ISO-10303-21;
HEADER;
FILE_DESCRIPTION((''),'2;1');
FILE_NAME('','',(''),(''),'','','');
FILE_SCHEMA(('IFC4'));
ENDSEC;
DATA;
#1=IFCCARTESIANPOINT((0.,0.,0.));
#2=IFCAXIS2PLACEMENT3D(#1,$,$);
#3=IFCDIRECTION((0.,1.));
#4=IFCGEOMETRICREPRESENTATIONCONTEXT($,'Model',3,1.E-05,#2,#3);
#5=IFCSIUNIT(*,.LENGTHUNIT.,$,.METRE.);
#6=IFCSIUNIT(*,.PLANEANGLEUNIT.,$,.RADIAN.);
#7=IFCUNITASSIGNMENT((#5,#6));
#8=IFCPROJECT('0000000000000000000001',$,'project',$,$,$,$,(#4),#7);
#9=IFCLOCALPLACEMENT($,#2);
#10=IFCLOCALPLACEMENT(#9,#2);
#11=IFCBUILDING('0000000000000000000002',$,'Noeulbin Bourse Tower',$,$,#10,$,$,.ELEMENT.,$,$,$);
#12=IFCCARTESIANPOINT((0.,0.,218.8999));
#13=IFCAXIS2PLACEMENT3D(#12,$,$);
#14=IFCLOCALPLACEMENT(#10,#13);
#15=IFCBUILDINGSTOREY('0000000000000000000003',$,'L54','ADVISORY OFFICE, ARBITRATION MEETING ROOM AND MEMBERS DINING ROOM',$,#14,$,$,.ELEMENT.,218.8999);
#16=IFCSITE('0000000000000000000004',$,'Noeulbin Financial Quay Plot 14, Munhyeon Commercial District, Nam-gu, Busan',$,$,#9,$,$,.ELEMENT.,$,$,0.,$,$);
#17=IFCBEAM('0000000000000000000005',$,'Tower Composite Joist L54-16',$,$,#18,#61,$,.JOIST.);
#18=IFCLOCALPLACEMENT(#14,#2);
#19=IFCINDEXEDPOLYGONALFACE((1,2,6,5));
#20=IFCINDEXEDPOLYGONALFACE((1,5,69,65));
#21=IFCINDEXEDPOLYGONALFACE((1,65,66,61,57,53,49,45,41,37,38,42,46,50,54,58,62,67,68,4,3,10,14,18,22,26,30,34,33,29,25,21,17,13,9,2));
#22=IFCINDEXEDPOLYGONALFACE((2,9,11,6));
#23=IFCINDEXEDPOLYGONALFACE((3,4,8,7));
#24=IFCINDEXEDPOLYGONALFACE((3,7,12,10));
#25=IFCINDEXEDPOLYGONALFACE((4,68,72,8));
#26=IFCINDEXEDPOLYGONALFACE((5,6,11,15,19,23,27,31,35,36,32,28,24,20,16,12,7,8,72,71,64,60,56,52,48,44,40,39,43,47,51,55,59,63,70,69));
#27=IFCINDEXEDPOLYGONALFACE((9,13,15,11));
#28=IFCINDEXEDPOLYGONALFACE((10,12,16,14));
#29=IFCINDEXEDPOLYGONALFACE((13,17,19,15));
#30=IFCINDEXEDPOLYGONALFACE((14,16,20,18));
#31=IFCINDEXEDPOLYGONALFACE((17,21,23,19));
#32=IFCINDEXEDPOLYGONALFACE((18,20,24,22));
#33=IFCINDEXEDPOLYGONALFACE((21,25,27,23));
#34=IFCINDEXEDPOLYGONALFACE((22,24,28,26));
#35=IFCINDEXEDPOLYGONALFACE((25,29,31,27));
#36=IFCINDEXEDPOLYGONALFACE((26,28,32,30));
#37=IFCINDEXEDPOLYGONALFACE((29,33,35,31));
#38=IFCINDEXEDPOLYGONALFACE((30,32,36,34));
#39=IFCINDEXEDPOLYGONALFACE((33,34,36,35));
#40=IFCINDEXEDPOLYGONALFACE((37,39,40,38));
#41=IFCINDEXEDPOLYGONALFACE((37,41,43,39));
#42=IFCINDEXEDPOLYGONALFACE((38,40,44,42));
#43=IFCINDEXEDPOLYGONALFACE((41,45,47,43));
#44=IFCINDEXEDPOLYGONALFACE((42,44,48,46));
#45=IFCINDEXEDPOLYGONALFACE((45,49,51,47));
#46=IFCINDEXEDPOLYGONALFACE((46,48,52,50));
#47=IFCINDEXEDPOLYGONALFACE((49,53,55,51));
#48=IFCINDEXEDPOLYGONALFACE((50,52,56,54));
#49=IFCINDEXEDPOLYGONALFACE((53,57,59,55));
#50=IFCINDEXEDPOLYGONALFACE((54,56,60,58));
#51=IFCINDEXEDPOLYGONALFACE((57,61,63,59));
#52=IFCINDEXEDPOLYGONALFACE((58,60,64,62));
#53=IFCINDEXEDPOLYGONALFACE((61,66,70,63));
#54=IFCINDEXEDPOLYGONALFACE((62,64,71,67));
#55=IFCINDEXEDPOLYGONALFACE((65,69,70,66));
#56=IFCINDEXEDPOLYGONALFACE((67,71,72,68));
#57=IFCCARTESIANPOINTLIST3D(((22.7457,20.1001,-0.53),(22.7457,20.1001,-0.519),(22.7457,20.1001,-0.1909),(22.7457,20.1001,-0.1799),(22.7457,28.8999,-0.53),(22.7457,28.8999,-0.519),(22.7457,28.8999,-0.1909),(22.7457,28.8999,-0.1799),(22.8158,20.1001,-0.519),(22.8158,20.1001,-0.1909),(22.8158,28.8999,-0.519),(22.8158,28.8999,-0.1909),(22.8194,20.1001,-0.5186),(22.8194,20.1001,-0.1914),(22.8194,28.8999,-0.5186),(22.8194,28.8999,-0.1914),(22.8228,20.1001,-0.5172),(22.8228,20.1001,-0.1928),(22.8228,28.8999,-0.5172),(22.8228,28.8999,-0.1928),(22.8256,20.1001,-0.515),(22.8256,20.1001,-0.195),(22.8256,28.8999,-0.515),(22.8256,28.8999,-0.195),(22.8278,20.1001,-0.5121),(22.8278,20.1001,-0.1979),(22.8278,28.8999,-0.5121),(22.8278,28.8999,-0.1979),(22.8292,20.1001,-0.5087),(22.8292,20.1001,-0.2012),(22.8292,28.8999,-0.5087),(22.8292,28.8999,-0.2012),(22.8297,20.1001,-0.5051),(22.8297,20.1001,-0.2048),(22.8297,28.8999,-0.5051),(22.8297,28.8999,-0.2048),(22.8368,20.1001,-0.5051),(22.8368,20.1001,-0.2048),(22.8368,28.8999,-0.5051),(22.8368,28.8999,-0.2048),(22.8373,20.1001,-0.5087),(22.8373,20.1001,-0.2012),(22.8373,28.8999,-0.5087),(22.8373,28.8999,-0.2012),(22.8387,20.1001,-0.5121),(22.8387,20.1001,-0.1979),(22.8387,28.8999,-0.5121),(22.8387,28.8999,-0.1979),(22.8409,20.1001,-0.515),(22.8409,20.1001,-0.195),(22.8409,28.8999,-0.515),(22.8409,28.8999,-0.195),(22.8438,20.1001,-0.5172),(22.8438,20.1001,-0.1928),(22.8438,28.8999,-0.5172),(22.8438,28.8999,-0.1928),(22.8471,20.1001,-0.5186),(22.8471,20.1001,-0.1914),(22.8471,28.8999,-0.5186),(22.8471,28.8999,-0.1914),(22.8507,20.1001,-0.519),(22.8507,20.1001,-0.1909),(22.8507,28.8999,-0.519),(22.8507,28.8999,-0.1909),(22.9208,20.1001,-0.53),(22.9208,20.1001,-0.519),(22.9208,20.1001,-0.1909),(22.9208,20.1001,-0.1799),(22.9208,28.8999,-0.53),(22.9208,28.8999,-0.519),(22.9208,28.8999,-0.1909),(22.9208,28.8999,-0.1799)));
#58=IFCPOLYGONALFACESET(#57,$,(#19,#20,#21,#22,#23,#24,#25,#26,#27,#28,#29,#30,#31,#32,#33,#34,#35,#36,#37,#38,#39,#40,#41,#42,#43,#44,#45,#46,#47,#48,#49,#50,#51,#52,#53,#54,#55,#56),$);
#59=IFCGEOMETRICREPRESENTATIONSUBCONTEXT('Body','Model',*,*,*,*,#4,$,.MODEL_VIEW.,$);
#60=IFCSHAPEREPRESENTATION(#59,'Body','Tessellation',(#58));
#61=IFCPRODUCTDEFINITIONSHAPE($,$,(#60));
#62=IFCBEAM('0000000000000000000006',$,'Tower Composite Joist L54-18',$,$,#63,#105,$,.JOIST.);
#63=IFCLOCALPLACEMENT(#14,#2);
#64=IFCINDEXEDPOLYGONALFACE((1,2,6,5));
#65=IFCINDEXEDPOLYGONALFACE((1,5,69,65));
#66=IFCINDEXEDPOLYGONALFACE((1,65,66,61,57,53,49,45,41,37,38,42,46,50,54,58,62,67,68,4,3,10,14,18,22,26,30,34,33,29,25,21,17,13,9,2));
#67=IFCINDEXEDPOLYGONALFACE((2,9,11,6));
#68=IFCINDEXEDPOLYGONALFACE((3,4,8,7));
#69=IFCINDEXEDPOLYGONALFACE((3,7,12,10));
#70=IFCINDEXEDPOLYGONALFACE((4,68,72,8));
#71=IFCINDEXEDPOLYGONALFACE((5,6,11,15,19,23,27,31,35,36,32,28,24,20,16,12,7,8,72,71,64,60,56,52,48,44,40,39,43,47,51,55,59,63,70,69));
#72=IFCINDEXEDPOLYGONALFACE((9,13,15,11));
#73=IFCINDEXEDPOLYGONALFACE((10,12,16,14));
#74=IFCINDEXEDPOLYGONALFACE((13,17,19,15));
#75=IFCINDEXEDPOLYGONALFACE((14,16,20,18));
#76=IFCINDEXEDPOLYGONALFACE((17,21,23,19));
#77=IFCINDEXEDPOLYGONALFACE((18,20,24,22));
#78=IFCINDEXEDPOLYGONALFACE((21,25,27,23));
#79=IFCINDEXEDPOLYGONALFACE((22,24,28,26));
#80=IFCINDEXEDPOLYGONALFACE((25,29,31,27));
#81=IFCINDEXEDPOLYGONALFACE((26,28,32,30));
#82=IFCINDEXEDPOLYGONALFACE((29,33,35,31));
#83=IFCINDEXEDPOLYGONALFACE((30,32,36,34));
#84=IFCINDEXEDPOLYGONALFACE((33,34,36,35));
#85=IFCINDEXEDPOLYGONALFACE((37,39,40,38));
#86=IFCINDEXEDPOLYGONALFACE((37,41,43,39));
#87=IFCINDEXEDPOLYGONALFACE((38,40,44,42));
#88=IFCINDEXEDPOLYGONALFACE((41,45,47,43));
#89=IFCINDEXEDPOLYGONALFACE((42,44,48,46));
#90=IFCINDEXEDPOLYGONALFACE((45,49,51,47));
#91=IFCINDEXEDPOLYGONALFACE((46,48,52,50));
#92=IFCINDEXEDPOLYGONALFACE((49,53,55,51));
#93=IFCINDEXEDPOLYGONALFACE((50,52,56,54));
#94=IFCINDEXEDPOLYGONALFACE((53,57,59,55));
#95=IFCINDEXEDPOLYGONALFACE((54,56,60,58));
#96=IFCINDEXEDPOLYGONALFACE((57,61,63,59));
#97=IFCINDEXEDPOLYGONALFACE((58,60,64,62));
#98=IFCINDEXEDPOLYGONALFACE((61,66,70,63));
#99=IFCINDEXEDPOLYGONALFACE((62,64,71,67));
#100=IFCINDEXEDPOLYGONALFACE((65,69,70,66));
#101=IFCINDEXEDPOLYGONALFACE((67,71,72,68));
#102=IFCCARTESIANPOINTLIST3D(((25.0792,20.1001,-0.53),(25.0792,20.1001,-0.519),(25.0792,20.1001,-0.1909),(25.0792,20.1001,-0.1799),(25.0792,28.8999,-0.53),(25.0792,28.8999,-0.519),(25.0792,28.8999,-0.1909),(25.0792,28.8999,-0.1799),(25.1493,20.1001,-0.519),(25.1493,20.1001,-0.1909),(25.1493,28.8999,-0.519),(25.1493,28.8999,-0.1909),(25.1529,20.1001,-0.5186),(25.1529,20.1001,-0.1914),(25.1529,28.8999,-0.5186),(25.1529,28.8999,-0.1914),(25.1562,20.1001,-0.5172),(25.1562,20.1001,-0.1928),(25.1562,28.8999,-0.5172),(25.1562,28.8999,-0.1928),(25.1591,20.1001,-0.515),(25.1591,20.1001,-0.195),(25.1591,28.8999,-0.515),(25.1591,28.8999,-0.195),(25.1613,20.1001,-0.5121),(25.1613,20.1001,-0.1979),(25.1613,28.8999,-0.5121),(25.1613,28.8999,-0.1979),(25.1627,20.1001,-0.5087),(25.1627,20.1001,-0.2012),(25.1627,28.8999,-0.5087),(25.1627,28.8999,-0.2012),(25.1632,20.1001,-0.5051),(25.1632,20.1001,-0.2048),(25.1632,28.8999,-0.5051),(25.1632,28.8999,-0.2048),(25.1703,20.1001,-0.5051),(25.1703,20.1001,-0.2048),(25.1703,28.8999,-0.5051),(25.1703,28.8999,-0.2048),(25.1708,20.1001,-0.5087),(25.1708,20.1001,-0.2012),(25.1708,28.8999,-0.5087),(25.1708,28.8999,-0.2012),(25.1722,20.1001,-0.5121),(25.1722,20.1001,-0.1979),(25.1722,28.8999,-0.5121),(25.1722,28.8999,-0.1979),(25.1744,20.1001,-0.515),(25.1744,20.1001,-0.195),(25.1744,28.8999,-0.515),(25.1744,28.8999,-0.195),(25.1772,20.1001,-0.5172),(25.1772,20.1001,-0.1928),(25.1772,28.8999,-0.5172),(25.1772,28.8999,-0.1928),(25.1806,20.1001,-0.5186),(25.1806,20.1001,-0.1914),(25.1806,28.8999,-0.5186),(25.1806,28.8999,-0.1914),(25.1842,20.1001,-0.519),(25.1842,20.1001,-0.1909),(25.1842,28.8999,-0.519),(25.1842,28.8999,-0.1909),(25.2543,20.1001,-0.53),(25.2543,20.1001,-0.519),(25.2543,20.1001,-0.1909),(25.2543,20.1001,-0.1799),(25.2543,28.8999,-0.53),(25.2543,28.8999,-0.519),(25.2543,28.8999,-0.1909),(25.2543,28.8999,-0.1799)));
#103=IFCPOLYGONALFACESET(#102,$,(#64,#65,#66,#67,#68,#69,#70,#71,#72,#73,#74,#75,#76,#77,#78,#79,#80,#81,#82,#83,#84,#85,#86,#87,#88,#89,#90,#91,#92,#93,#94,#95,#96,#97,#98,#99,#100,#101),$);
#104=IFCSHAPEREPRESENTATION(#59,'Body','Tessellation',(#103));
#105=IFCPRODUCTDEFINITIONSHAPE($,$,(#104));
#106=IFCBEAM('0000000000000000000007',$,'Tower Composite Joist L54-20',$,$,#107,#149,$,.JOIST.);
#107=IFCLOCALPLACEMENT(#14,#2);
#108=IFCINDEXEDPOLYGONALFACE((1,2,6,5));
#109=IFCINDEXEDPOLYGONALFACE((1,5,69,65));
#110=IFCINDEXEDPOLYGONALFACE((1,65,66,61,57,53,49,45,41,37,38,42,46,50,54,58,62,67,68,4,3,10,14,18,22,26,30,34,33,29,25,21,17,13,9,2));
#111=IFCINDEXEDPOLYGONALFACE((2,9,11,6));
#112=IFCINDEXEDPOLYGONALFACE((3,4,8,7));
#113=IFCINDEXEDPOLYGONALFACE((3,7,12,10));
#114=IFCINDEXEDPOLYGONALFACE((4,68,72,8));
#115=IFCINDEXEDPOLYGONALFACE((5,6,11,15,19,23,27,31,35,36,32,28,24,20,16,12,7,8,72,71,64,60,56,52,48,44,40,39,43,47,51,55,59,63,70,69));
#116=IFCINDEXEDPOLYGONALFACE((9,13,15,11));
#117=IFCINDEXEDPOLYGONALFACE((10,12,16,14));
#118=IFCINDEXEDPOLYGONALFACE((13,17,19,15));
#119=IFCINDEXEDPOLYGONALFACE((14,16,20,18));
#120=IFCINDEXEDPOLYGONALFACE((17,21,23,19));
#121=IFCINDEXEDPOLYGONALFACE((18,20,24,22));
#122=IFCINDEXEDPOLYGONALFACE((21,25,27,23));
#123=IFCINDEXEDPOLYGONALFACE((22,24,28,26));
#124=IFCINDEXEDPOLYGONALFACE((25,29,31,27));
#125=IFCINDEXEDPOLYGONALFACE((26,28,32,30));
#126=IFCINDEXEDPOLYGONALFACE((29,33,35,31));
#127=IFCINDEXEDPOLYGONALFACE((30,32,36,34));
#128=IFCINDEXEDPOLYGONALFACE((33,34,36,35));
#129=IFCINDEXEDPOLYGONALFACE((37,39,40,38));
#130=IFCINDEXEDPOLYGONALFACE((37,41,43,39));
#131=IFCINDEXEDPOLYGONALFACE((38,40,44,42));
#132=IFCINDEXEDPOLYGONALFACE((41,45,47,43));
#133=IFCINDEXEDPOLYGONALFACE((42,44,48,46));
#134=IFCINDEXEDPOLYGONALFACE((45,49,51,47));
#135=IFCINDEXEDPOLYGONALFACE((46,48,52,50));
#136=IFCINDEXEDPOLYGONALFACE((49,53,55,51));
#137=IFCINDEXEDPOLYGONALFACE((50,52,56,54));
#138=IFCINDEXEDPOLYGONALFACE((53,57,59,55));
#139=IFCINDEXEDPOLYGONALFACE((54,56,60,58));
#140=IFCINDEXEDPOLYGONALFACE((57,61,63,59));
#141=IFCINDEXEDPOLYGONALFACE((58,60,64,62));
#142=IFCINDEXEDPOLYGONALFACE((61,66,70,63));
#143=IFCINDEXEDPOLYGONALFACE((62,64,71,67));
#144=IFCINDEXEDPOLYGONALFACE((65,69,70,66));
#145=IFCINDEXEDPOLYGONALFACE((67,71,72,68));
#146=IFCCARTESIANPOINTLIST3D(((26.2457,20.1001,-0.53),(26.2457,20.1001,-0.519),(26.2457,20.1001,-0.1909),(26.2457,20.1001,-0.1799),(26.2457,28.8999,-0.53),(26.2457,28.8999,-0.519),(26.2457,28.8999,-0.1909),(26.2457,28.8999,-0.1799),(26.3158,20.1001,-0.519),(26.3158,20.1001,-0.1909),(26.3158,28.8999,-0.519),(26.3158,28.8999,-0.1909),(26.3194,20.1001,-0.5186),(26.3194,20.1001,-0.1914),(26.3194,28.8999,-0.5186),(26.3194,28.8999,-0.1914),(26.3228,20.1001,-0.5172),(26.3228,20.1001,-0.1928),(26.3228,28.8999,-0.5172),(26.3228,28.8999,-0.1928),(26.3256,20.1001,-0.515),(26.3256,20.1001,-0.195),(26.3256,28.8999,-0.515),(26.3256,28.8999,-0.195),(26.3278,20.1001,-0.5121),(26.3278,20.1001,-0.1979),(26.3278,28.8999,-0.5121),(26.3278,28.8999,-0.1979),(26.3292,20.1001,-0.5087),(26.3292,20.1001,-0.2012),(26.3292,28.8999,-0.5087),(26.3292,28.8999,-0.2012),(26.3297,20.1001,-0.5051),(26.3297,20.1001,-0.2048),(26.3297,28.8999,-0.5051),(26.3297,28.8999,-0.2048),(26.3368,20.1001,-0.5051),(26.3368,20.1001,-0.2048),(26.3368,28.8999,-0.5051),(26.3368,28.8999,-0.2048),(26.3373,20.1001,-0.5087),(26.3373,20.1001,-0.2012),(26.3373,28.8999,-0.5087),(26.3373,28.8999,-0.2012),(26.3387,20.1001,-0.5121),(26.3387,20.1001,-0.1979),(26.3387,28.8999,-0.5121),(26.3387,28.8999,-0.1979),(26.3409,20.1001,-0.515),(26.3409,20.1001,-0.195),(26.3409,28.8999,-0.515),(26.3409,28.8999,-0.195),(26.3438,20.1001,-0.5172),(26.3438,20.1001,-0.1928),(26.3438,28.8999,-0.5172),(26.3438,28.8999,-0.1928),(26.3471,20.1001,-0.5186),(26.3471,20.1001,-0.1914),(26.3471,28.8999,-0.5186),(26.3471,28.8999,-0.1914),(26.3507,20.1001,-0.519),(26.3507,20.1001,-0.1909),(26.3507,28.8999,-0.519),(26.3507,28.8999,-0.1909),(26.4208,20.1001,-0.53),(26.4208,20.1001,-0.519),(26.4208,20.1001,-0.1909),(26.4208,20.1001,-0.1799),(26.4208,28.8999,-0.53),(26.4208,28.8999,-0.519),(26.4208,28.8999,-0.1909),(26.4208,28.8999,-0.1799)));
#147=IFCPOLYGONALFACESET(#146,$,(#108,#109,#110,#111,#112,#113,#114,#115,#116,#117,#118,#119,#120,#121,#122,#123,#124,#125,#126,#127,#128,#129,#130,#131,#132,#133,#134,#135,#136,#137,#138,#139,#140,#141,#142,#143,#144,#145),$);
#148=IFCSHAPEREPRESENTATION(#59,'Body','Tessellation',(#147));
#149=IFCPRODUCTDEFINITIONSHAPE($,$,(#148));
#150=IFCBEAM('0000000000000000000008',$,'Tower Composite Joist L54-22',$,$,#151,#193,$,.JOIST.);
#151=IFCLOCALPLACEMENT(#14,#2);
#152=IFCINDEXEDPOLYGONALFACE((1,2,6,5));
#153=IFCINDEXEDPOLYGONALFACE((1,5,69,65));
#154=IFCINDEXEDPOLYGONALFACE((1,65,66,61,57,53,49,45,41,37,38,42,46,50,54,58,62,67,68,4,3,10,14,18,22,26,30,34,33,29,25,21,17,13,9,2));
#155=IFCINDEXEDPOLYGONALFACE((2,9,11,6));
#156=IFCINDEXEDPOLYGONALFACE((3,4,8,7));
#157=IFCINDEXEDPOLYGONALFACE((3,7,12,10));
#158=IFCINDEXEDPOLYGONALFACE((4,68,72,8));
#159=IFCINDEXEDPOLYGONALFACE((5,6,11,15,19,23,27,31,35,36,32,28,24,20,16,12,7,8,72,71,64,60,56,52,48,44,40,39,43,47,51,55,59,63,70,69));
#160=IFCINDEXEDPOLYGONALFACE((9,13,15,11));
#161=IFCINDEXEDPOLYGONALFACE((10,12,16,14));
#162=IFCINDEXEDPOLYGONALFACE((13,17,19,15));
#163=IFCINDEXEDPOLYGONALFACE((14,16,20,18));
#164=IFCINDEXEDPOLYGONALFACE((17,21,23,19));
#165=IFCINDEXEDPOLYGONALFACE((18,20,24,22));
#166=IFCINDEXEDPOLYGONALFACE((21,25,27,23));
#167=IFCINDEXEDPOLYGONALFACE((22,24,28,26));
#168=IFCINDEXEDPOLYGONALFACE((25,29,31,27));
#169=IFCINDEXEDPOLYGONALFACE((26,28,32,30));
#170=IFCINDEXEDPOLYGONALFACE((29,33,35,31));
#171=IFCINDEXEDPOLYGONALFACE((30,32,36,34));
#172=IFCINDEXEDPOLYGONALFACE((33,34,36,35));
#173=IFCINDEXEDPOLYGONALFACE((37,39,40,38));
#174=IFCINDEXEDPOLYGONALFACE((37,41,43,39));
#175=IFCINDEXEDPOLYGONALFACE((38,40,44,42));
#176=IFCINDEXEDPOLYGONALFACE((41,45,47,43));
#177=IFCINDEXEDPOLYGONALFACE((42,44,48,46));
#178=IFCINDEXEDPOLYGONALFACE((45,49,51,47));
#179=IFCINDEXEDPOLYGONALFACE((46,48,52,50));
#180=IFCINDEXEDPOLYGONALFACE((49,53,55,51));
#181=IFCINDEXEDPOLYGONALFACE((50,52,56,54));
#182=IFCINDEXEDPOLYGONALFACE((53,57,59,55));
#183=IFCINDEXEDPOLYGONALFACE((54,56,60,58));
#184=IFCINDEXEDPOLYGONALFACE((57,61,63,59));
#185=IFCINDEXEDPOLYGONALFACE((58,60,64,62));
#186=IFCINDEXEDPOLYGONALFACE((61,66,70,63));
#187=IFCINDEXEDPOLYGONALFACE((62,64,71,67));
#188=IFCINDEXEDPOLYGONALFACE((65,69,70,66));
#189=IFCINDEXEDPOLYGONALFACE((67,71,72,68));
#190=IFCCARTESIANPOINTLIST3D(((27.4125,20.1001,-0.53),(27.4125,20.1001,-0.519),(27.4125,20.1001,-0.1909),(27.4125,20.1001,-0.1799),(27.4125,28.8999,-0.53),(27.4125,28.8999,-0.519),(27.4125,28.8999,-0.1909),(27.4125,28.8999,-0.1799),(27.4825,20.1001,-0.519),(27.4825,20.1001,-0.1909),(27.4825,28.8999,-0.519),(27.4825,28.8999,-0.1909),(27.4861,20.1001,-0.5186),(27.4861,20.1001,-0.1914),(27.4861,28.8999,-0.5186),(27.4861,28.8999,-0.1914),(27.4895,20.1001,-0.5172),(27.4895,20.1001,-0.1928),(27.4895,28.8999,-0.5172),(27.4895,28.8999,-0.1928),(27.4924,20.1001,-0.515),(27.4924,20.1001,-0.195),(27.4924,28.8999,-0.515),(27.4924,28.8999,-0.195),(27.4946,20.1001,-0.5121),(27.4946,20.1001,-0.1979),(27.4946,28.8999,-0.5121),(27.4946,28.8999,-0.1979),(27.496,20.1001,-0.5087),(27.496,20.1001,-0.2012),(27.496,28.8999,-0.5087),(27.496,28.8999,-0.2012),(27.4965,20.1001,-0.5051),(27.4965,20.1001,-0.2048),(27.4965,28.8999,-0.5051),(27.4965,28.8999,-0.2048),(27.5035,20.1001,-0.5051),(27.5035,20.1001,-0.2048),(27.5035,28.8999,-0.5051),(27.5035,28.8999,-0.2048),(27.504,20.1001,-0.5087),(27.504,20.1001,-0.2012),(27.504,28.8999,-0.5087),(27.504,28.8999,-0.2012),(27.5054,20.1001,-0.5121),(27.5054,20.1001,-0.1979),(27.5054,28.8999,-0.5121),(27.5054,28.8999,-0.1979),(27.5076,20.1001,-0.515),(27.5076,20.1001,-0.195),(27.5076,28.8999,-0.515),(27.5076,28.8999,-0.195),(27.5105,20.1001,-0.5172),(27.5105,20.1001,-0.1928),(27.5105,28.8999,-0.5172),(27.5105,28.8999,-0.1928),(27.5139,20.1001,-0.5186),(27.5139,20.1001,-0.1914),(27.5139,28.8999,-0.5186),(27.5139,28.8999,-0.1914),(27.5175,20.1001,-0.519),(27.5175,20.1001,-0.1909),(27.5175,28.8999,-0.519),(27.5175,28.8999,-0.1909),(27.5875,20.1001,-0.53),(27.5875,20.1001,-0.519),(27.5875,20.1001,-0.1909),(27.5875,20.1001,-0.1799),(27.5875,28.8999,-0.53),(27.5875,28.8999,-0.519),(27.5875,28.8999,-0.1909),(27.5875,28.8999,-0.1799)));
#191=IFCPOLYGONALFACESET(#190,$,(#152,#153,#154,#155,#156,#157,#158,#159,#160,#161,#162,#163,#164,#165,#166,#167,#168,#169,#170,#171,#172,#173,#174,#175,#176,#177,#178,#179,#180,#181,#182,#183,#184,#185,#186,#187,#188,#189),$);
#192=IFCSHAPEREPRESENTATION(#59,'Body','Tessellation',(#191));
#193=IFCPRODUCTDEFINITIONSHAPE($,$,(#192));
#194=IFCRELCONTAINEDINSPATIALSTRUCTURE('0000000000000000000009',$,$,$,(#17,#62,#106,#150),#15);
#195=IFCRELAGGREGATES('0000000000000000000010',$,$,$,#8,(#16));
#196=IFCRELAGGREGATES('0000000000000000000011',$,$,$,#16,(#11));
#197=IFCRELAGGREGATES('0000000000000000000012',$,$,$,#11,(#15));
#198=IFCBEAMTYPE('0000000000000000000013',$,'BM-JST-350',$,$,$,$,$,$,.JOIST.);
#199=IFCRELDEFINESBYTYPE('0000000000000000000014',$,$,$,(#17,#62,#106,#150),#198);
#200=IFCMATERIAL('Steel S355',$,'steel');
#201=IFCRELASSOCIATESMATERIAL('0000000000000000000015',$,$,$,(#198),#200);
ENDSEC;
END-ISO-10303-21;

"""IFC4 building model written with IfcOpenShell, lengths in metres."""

from ifc_helpers import new_model, si_unit, direction, frame, origin, origin_2d, place, context, subcontext, project, spatial, i_section, extrude, material, material_profile, profile_set, type_object, element, save


model = new_model("IFC4")

# Units and contexts
model_context = context("Model", 3, precision=1e-05, world=origin(), true_north=direction((0.0, 1.0)))
body_context = subcontext(model_context, "Body", "Model", "MODEL_VIEW")
ifc_project = project(units=[si_unit("LENGTHUNIT", "METRE"), si_unit("PLANEANGLEUNIT", "RADIAN")], contexts=[model_context])

# Site, building, storey
site_placement = place(None, origin())
site = spatial("IfcSite", under=ifc_project, at=site_placement, Name="Noeulbin Financial Quay Plot 14, Munhyeon Commercial District, Nam-gu, Busan", CompositionType="ELEMENT", RefElevation=0.0)
building_placement = place(site_placement, origin())
building = spatial("IfcBuilding", under=site, at=building_placement, Name="Noeulbin Bourse Tower", CompositionType="ELEMENT")
storey_placement = place(building_placement, frame((0.0, 0.0, 218.8999)))
storey = spatial("IfcBuildingStorey", under=building, at=storey_placement, Name="L54", Description="ADVISORY OFFICE, ARBITRATION MEETING ROOM AND MEMBERS DINING ROOM", CompositionType="ELEMENT", Elevation=218.8999)

# Shared definitions
ifc_material_1 = material(Name="Steel S355", Category="steel")

# Beams
ifc_material_profile_1 = material_profile(ifc_material_1, i_section(OverallWidth=0.175, OverallDepth=0.3501, WebThickness=0.0071, FlangeThickness=0.011, FilletRadius=0.0139, at=origin_2d()), Name="H-350x175x7x11", Category="LoadBearing")
ifc_profile_set_1 = profile_set([ifc_material_profile_1], Name="Steel S355")
beam_type_1 = type_object("IfcBeamType", Name="BM-JST-350", PredefinedType="JOIST", material=ifc_profile_set_1)
for number, where, z_axis, x_axis, name in (
    (1, (22.8333, 20.1001, -0.355), (0.0, 1.0, 0.0), (-1.0, 0.0, 0.0), "Tower Composite Joist L54-16"),
    (2, (25.1667, 20.1001, -0.355), (0.0, 1.0, 0.0), (-1.0, 0.0, 0.0), "Tower Composite Joist L54-18"),
    (3, (26.3333, 20.1001, -0.355), (0.0, 1.0, 0.0), (-1.0, 0.0, 0.0), "Tower Composite Joist L54-20"),
    (4, (27.5, 20.1001, -0.355), (0.0, 1.0, 0.0), (-1.0, 0.0, 0.0), "Tower Composite Joist L54-22"),
):
    element("IfcBeam", number, at=place(storey_placement, frame(where, z_axis=z_axis, x_axis=x_axis)), inside=storey, type_object=beam_type_1, Name=name, PredefinedType="JOIST", context=body_context, shape_type="SweptSolid", body=[
        extrude(i_section(OverallWidth=0.175, OverallDepth=0.3501, WebThickness=0.0071, FlangeThickness=0.011, FilletRadius=0.0139, at=origin_2d()), origin(), (0.0, 0.0, 1.0), 8.7998),
    ])

save(model, "model.ifc")
